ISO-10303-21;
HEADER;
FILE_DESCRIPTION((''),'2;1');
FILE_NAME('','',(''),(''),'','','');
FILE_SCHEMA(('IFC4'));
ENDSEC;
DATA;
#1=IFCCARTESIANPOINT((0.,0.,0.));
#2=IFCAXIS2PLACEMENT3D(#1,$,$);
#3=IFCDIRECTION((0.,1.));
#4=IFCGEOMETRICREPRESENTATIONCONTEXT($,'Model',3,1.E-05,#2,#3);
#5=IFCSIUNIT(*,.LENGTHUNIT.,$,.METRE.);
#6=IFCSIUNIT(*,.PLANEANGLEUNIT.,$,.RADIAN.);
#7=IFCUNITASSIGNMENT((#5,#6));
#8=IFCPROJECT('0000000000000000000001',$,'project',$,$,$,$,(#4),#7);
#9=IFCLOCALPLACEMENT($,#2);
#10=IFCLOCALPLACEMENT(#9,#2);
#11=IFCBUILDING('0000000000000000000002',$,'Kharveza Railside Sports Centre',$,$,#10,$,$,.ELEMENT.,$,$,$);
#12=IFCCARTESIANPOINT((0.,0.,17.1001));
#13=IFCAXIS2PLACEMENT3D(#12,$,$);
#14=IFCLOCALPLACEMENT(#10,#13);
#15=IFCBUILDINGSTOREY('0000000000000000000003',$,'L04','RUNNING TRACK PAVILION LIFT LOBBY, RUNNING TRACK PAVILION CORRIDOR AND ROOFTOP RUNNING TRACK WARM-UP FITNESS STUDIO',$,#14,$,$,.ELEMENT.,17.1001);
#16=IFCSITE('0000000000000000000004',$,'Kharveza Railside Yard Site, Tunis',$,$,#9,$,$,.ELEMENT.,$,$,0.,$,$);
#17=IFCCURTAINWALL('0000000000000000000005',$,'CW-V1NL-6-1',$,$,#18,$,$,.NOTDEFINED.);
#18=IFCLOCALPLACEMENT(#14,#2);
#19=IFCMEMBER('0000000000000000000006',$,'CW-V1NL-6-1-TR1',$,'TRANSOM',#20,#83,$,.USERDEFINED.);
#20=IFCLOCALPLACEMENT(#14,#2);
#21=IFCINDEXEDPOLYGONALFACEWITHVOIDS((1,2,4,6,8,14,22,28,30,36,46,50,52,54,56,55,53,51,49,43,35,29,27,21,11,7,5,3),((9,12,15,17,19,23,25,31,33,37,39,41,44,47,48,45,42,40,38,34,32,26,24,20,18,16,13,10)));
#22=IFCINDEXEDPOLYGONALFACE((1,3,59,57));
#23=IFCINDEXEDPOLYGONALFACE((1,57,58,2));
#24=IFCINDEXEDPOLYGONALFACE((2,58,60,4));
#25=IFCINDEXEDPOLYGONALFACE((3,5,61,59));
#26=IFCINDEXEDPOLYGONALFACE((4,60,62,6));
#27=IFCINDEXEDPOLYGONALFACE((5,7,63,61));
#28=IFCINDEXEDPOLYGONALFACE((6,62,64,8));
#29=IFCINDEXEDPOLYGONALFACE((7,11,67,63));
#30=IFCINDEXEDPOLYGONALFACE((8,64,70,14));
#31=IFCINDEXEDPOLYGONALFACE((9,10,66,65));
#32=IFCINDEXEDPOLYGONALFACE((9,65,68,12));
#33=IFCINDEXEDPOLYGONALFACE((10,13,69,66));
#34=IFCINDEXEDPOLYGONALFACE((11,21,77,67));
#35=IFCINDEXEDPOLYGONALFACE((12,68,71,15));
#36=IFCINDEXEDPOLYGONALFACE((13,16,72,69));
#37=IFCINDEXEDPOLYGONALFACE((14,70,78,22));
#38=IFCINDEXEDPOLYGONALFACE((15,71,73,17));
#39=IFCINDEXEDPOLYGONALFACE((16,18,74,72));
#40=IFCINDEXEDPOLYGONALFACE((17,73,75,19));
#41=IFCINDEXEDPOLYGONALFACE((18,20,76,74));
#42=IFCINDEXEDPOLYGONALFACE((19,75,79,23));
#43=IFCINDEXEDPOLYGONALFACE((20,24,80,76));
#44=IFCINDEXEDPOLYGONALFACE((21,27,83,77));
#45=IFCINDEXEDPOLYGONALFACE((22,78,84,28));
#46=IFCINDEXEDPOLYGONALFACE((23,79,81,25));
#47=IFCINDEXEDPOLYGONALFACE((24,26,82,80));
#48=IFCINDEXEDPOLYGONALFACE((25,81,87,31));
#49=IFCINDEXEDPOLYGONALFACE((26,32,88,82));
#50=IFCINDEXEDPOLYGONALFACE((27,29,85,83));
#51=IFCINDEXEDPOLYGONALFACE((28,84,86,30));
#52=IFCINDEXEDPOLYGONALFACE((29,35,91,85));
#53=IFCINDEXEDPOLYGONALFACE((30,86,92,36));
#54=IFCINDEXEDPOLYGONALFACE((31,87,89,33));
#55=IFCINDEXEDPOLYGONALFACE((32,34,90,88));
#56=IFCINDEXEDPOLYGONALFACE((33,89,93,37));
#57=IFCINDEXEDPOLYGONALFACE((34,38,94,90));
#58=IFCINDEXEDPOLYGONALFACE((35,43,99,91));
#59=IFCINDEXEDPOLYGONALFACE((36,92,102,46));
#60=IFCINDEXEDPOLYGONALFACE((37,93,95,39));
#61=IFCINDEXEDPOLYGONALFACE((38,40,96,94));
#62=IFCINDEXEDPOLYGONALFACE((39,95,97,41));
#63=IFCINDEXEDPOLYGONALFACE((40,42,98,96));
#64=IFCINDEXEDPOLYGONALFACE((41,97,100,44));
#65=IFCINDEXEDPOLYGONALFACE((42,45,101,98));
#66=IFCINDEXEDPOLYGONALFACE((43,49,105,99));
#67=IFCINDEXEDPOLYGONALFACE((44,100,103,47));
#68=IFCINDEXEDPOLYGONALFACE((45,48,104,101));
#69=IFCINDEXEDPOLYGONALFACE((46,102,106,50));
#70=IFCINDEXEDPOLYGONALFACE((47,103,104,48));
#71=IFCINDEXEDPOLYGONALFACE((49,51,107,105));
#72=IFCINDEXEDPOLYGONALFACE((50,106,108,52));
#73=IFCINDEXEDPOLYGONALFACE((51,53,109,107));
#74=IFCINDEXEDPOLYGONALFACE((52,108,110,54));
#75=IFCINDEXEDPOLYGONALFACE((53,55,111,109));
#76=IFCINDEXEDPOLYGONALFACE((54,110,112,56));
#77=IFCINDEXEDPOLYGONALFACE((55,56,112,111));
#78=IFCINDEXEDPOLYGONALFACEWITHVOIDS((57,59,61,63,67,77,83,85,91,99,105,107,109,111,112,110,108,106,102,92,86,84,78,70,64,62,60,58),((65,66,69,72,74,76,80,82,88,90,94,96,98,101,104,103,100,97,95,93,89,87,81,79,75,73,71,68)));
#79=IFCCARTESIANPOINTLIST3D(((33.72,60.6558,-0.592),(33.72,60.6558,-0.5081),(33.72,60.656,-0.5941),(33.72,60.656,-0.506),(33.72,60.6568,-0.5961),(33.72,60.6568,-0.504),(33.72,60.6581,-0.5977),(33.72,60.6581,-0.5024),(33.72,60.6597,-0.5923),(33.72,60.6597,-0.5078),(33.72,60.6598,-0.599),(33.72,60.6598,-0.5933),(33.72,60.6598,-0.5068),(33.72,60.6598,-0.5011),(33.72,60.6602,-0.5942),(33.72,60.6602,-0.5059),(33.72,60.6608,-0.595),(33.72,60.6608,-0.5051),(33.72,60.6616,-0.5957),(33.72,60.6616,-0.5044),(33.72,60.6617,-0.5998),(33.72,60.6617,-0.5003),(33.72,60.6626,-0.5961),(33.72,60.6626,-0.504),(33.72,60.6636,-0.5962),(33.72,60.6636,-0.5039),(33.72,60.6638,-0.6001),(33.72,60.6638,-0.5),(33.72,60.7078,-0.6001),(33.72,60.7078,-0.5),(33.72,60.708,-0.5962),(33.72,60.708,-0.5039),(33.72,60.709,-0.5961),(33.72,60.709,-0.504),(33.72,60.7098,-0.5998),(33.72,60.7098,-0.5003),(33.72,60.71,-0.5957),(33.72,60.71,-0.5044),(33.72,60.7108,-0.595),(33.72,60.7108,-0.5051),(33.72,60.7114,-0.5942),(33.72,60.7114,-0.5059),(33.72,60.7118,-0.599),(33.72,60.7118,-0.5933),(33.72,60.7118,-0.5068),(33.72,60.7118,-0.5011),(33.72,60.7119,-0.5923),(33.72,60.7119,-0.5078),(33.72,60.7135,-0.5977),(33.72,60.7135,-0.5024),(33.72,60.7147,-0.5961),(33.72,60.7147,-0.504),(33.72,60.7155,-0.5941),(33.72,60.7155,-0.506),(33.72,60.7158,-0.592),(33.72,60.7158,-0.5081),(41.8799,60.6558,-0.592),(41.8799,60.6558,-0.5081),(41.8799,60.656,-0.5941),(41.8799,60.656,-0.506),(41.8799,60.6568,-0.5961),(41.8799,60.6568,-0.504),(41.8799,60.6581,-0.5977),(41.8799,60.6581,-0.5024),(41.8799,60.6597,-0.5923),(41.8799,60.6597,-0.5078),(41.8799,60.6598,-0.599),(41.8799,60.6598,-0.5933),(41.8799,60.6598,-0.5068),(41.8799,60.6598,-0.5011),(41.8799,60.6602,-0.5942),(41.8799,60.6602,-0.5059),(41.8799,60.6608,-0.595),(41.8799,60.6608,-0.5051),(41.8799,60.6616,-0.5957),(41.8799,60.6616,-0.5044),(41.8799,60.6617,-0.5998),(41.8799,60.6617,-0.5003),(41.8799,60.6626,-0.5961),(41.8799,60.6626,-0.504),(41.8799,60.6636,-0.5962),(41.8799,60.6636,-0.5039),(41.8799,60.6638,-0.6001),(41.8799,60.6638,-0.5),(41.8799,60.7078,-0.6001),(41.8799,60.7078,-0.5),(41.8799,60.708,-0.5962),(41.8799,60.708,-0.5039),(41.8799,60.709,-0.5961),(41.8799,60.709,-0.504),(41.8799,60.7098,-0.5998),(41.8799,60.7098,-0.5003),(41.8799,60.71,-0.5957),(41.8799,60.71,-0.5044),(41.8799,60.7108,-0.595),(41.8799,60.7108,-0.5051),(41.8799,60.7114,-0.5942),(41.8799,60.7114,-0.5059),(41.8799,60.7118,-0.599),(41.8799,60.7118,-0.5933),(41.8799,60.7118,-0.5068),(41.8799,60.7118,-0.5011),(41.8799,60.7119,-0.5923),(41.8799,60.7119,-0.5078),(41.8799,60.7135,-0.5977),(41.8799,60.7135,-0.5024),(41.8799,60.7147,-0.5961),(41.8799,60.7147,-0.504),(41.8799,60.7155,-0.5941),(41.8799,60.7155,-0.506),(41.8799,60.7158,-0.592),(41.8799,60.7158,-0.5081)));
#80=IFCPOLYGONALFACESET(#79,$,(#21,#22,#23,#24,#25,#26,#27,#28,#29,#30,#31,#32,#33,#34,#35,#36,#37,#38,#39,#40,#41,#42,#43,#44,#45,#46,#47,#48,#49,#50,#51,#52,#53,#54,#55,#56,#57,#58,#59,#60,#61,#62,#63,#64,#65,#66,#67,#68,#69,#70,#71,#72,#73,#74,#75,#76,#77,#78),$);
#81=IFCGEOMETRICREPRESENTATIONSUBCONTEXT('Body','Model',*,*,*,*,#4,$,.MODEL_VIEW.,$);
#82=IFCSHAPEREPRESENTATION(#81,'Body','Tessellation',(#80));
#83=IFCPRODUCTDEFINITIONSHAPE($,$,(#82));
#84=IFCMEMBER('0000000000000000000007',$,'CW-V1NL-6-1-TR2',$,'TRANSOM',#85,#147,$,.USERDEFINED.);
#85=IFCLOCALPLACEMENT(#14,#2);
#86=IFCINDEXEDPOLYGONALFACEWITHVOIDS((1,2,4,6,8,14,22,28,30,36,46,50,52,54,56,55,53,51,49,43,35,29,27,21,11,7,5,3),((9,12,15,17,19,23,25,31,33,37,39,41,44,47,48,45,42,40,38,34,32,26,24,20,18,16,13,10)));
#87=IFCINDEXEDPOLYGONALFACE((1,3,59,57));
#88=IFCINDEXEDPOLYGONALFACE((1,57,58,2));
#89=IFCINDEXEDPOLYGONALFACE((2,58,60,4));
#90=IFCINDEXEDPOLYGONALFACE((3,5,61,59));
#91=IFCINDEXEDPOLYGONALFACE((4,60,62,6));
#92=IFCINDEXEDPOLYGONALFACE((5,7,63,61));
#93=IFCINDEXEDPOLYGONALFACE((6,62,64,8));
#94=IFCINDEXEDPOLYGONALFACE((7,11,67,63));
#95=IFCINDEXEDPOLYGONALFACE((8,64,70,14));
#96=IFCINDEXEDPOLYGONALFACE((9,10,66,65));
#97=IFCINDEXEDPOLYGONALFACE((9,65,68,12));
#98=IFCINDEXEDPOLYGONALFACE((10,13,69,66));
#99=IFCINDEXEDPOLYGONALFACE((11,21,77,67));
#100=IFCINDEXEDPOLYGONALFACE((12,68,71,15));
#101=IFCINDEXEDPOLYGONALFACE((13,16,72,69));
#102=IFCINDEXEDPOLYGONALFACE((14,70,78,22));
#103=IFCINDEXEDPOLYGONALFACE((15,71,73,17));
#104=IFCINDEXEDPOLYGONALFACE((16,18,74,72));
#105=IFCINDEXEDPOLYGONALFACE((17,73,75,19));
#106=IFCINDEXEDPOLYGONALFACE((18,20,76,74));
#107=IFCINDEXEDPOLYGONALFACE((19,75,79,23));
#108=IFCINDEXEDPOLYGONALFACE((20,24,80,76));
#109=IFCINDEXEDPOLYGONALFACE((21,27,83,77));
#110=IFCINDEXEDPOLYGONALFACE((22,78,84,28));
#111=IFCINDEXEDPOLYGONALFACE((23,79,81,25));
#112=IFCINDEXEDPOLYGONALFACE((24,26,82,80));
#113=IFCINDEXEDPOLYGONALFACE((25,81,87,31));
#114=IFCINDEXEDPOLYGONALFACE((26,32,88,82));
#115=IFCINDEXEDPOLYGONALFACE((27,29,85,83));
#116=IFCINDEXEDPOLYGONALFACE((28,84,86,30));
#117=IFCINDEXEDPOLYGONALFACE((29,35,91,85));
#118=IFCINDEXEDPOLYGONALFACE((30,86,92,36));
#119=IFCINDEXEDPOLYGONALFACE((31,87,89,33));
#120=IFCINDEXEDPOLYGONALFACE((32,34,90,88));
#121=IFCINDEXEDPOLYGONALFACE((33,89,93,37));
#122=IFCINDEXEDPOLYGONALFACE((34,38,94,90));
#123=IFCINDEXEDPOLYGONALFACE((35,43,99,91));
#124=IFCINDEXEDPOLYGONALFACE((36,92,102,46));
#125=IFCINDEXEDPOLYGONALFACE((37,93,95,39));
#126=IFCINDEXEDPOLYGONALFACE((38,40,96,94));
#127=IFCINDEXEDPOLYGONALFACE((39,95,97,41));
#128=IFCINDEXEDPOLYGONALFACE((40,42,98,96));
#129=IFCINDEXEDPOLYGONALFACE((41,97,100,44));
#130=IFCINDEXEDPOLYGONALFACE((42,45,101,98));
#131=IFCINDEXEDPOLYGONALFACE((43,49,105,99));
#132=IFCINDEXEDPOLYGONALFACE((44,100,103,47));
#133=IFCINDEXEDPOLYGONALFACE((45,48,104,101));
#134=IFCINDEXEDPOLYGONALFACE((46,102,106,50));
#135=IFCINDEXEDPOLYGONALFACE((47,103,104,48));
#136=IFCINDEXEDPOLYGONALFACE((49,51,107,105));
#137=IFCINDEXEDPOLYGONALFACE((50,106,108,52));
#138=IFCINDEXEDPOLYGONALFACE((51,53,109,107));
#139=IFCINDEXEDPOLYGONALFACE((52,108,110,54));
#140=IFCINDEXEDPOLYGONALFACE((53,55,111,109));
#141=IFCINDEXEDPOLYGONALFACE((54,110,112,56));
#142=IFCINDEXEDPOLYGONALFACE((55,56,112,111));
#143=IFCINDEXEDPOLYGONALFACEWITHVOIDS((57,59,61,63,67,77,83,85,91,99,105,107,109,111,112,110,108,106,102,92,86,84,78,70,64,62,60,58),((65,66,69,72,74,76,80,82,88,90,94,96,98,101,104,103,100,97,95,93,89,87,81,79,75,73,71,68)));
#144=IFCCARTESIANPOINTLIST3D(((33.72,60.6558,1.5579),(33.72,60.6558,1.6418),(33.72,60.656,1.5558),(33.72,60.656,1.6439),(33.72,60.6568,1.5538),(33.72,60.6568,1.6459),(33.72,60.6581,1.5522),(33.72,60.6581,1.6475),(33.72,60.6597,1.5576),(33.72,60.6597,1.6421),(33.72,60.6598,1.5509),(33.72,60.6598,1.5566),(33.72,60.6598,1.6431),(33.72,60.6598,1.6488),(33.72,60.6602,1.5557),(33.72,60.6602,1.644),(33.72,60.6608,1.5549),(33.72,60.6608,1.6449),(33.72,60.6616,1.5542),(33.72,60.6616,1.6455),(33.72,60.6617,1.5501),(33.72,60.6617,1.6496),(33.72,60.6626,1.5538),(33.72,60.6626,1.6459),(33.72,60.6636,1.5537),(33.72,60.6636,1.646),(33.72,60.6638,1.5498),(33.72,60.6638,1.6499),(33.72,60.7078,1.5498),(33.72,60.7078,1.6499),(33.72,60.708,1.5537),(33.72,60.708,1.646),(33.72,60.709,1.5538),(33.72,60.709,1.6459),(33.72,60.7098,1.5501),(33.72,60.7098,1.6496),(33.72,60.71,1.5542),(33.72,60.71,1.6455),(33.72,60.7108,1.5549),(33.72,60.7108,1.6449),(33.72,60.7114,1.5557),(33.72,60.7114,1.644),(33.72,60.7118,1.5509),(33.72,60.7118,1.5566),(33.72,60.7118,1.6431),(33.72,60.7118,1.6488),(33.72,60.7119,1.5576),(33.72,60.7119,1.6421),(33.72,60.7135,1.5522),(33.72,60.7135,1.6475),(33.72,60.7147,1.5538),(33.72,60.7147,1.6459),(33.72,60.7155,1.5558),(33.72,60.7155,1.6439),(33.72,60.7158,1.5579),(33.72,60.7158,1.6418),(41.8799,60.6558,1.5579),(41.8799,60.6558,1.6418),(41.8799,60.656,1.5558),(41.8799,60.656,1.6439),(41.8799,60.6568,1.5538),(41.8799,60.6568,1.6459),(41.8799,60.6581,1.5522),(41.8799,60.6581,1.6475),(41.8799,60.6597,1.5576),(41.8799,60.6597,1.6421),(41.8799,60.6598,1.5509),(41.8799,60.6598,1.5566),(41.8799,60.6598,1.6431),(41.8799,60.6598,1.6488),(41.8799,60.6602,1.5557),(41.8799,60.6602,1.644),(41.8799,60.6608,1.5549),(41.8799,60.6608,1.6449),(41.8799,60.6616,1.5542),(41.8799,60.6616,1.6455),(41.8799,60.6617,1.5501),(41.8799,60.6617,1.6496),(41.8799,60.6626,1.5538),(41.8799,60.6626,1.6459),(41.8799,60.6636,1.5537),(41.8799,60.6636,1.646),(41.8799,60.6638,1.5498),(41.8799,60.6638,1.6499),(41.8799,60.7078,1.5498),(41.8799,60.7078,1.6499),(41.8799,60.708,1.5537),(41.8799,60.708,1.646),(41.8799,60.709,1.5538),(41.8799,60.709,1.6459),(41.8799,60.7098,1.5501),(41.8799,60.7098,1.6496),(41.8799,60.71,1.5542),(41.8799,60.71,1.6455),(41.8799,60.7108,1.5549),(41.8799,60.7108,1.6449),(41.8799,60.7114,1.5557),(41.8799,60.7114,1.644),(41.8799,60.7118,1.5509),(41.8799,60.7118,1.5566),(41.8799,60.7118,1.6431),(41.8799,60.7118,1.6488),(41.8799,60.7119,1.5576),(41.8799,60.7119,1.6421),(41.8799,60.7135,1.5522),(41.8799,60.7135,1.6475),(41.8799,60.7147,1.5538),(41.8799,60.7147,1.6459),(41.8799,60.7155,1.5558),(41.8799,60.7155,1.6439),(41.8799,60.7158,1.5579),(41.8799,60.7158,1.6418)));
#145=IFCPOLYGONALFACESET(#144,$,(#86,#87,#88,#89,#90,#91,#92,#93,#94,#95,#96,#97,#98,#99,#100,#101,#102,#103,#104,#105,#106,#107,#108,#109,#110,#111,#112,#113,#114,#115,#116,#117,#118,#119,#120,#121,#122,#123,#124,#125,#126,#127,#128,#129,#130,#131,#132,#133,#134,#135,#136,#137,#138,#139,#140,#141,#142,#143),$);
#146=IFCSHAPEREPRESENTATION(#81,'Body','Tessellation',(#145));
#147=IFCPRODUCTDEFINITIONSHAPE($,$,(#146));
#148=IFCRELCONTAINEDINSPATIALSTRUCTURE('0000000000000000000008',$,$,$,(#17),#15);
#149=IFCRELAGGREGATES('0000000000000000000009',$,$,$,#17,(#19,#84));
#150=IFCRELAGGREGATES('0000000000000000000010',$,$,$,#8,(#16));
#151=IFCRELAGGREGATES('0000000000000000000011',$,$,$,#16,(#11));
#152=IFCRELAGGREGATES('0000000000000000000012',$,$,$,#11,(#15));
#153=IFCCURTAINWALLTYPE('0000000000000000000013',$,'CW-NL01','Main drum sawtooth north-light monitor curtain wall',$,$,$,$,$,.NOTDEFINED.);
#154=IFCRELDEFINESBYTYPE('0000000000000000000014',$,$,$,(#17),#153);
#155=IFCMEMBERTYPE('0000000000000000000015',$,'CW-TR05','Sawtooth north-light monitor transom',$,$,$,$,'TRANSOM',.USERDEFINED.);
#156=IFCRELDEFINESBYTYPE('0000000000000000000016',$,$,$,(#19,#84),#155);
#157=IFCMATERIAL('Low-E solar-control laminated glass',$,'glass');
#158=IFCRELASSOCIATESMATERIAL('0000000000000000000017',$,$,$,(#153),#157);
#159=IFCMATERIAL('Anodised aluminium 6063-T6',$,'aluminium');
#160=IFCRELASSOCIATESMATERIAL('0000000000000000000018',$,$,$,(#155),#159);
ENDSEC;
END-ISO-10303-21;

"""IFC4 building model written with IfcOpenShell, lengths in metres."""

from ifc_helpers import new_model, si_unit, direction, frame, origin, origin_2d, place, context, subcontext, project, spatial, hollow_rectangle, extrude, material, material_profile, profile_set, type_object, element, aggregate, save


model = new_model("IFC4")

# Units and contexts
model_context = context("Model", 3, precision=1e-05, world=origin(), true_north=direction((0.0, 1.0)))
body_context = subcontext(model_context, "Body", "Model", "MODEL_VIEW")
ifc_project = project(units=[si_unit("LENGTHUNIT", "METRE"), si_unit("PLANEANGLEUNIT", "RADIAN")], contexts=[model_context])

# Site, building, storey
site_placement = place(None, origin())
site = spatial("IfcSite", under=ifc_project, at=site_placement, Name="Kharveza Railside Yard Site, Tunis", CompositionType="ELEMENT", RefElevation=0.0)
building_placement = place(site_placement, origin())
building = spatial("IfcBuilding", under=site, at=building_placement, Name="Kharveza Railside Sports Centre", CompositionType="ELEMENT")
storey_placement = place(building_placement, frame((0.0, 0.0, 17.1001)))
storey = spatial("IfcBuildingStorey", under=building, at=storey_placement, Name="L04", Description="RUNNING TRACK PAVILION LIFT LOBBY, RUNNING TRACK PAVILION CORRIDOR AND ROOFTOP RUNNING TRACK WARM-UP FITNESS STUDIO", CompositionType="ELEMENT", Elevation=17.1001)

# Curtain wall
ifc_material_1 = material(Name="Low-E solar-control laminated glass", Category="glass")
curtain_wall_type = type_object("IfcCurtainWallType", Name="CW-NL01", Description="Main drum sawtooth north-light monitor curtain wall", PredefinedType="NOTDEFINED", material=ifc_material_1)
curtain_wall_1_placement = place(storey_placement, origin())
curtain_wall_1 = element("IfcCurtainWall", 1, at=curtain_wall_1_placement, inside=storey, type_object=curtain_wall_type, Name="CW-V1NL-6-1", PredefinedType="NOTDEFINED")
ifc_material_2 = material(Name="Anodised aluminium 6063-T6", Category="aluminium")

# Members
ifc_material_profile_1 = material_profile(ifc_material_2, hollow_rectangle(XDim=0.0601, YDim=0.1001, WallThickness=0.0039, InnerFilletRadius=0.0039, OuterFilletRadius=0.0081, at=origin_2d()), Name="RHS 60x100x4.0")
ifc_profile_set_1 = profile_set([ifc_material_profile_1], Name="Anodised aluminium 6063-T6")
member_type_1 = type_object("IfcMemberType", Name="CW-TR05", Description="Sawtooth north-light monitor transom", ElementType="TRANSOM", PredefinedType="USERDEFINED", material=ifc_profile_set_1)
member_1_placement = place(storey_placement, frame((33.72, 60.6858, -0.55), z_axis=(1.0, 0.0, 0.0), x_axis=(0.0, 1.0, 0.0)))
member_1 = element("IfcMember", 2, at=member_1_placement, type_object=member_type_1, Name="CW-V1NL-6-1-TR1", ObjectType="TRANSOM", PredefinedType="USERDEFINED", context=body_context, shape_type="SweptSolid", body=[
    extrude(hollow_rectangle(XDim=0.0601, YDim=0.1001, WallThickness=0.0039, InnerFilletRadius=0.0039, OuterFilletRadius=0.0081, at=origin_2d()), origin(), (0.0, 0.0, 1.0), 8.1599),
])
member_2_placement = place(storey_placement, frame((33.72, 60.6858, 1.5999), z_axis=(1.0, 0.0, 0.0), x_axis=(0.0, 1.0, 0.0)))
member_2 = element("IfcMember", 3, at=member_2_placement, type_object=member_type_1, Name="CW-V1NL-6-1-TR2", ObjectType="TRANSOM", PredefinedType="USERDEFINED", context=body_context, shape_type="SweptSolid", body=[
    extrude(hollow_rectangle(XDim=0.0601, YDim=0.1001, WallThickness=0.0039, InnerFilletRadius=0.0039, OuterFilletRadius=0.0081, at=origin_2d()), origin(), (0.0, 0.0, 1.0), 8.1599),
])

aggregate(curtain_wall_1, [member_1, member_2])

save(model, "model.ifc")
